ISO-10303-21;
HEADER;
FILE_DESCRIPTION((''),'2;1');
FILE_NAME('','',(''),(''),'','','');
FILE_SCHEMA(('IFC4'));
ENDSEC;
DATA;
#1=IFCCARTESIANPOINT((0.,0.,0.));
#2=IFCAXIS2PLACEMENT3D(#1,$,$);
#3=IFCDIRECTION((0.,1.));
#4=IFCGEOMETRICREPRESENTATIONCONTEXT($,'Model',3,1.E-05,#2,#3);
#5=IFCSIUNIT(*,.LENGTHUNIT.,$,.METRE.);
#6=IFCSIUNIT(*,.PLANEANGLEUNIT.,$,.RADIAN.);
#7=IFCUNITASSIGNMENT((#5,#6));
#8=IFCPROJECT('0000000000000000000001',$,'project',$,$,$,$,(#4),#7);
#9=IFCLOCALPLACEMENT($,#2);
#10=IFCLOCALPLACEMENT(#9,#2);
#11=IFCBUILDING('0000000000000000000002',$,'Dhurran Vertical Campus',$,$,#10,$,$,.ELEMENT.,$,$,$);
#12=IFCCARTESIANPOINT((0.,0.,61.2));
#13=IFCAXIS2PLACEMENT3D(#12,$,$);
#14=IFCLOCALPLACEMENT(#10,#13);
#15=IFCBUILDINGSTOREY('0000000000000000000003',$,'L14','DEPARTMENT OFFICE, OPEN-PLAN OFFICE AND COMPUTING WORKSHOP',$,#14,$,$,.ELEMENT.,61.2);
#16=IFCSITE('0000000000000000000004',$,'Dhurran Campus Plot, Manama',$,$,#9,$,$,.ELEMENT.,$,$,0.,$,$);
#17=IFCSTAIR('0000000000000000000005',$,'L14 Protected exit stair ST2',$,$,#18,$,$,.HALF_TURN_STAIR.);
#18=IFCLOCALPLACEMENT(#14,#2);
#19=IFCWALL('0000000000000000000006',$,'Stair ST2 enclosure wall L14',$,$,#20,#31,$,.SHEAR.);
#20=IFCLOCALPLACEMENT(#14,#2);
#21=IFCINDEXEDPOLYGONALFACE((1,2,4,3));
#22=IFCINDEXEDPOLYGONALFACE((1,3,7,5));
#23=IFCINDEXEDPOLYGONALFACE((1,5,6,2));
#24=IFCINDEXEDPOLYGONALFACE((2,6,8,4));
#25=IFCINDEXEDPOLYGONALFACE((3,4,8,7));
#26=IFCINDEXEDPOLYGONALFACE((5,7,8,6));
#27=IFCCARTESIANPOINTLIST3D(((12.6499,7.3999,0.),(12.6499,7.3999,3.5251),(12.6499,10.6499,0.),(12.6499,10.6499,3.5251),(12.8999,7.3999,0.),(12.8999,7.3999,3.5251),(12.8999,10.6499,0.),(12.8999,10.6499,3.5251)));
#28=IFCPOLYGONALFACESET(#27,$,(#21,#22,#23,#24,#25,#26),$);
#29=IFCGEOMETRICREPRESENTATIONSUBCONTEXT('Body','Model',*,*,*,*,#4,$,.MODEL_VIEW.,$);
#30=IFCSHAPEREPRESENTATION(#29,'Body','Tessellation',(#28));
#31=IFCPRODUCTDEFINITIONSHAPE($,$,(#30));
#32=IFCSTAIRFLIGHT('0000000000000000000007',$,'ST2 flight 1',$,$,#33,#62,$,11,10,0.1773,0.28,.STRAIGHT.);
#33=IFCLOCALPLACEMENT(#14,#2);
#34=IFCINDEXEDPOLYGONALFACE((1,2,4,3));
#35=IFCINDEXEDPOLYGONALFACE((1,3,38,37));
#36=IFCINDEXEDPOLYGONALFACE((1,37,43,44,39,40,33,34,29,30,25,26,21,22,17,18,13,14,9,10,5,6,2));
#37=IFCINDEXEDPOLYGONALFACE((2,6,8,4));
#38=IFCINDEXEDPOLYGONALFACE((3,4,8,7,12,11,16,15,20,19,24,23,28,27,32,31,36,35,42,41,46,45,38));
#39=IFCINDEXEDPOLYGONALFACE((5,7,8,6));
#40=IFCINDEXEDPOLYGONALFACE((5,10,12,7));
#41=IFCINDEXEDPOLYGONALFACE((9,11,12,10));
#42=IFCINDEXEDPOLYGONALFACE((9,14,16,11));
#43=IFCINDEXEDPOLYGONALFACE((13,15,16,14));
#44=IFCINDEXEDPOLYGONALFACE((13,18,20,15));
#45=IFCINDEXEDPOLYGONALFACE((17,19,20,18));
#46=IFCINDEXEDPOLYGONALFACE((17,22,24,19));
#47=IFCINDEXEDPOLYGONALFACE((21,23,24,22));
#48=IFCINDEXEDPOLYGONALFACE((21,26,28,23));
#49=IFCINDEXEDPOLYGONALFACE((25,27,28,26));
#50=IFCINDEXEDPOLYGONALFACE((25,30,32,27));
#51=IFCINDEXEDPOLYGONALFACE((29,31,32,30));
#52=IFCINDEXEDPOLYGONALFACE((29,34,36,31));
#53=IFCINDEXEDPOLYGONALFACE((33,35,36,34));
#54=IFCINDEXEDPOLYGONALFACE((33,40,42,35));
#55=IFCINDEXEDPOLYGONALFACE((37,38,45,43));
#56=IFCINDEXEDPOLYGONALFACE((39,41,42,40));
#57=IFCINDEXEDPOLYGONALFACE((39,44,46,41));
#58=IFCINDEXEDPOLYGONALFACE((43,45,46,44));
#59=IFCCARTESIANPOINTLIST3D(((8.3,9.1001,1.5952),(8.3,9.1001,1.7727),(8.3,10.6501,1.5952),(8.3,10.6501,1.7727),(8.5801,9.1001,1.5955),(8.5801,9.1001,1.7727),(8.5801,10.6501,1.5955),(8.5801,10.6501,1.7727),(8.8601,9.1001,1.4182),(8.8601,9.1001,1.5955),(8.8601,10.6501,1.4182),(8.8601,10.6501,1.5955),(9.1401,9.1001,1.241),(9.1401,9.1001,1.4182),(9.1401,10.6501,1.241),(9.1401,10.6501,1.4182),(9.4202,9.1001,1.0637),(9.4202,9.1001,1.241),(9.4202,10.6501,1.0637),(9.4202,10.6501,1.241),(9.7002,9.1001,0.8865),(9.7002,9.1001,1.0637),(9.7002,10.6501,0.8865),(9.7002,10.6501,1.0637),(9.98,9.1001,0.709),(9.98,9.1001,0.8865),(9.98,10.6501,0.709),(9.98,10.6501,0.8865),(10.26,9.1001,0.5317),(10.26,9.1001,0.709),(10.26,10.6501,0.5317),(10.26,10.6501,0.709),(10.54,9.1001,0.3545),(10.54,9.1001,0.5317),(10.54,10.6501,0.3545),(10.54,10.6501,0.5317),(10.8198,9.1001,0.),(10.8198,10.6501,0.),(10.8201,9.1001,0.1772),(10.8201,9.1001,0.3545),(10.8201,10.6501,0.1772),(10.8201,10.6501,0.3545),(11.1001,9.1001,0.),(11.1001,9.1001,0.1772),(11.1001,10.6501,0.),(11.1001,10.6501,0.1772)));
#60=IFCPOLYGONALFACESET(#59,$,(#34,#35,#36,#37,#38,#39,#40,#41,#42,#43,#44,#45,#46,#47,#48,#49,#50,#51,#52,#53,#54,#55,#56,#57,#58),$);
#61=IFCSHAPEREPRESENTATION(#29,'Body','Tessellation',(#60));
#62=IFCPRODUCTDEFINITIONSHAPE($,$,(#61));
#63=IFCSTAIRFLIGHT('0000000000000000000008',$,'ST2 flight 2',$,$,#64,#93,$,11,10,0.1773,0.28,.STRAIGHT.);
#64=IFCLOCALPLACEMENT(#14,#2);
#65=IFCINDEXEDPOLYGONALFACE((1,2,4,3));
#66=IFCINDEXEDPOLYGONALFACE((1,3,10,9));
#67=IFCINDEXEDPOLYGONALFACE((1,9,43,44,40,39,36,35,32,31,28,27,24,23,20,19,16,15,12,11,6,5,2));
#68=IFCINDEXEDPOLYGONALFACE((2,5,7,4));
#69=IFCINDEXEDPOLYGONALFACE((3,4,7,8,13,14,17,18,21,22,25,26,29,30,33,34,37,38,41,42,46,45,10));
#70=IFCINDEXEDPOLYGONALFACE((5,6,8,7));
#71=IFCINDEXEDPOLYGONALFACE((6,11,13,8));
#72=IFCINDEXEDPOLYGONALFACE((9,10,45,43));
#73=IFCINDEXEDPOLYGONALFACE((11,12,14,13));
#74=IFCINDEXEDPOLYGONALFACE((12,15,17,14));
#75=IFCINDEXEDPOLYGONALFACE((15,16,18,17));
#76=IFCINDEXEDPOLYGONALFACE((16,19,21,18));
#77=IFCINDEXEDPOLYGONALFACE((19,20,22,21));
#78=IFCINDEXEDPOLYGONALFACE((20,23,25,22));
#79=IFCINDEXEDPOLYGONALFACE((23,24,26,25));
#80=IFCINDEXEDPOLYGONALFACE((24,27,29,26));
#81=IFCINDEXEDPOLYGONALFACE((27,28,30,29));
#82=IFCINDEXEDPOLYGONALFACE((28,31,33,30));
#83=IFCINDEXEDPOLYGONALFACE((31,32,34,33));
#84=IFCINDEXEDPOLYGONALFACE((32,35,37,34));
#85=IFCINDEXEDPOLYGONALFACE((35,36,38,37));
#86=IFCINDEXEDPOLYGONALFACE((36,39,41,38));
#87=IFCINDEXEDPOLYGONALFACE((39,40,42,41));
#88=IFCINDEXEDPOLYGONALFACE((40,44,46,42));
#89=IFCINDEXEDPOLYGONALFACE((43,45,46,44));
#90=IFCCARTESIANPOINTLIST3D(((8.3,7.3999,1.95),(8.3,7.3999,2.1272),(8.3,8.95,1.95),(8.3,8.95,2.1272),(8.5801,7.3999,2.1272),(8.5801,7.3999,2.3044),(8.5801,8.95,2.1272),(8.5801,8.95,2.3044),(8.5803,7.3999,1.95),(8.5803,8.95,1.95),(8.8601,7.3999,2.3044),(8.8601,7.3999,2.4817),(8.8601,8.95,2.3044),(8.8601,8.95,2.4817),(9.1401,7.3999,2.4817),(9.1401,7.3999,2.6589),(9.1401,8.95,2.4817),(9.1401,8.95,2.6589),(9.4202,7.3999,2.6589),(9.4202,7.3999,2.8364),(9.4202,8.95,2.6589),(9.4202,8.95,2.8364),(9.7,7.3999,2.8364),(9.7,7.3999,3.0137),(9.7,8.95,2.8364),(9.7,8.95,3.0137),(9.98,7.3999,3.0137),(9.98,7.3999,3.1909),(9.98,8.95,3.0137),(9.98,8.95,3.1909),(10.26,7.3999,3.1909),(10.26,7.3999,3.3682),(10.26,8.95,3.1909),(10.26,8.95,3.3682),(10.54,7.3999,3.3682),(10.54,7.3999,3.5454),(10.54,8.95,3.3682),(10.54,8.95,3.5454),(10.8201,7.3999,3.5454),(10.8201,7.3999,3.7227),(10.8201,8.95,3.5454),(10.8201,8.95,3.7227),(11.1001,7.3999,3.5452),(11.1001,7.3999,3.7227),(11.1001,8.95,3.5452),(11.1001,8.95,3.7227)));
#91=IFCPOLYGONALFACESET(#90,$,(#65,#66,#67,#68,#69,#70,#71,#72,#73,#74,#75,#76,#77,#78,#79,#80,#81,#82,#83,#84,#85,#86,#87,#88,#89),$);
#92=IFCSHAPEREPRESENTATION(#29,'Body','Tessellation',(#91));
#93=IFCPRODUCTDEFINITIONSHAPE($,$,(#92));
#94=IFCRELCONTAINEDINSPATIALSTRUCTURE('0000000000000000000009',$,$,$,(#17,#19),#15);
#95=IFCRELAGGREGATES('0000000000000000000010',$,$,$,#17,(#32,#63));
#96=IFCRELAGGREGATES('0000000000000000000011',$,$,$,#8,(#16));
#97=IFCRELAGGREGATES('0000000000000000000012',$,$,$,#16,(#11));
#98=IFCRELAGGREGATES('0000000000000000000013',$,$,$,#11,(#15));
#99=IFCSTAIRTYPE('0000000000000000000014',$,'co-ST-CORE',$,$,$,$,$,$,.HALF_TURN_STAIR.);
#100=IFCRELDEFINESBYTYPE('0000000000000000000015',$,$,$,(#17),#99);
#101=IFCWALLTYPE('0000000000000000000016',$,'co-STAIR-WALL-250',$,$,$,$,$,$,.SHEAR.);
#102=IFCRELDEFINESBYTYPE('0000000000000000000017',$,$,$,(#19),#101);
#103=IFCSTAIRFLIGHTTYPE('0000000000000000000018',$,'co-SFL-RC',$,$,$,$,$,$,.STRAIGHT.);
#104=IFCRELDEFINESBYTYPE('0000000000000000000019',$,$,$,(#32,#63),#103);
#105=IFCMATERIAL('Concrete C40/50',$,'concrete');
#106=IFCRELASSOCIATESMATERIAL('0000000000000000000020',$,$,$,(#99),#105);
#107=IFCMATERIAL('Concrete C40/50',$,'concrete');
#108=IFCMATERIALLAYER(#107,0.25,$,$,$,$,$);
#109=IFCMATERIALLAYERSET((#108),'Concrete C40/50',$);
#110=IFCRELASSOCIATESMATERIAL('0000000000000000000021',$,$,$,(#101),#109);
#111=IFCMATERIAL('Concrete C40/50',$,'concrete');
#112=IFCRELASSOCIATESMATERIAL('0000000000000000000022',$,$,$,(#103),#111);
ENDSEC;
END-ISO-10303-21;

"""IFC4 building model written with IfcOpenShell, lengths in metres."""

from ifc_helpers import new_model, si_unit, direction, frame, frame_2d, origin, place, context, subcontext, project, spatial, polyline, rectangle, outline, extrude, material, layer, layer_set, type_object, element, aggregate, save


model = new_model("IFC4")

# Units and contexts
model_context = context("Model", 3, precision=1e-05, world=origin(), true_north=direction((0.0, 1.0)))
body_context = subcontext(model_context, "Body", "Model", "MODEL_VIEW")
ifc_project = project(units=[si_unit("LENGTHUNIT", "METRE"), si_unit("PLANEANGLEUNIT", "RADIAN")], contexts=[model_context])

# Site, building, storey
site_placement = place(None, origin())
site = spatial("IfcSite", under=ifc_project, at=site_placement, Name="Dhurran Campus Plot, Manama", CompositionType="ELEMENT", RefElevation=0.0)
building_placement = place(site_placement, origin())
building = spatial("IfcBuilding", under=site, at=building_placement, Name="Dhurran Vertical Campus", CompositionType="ELEMENT")
storey_placement = place(building_placement, frame((0.0, 0.0, 61.2)))
storey = spatial("IfcBuildingStorey", under=building, at=storey_placement, Name="L14", Description="DEPARTMENT OFFICE, OPEN-PLAN OFFICE AND COMPUTING WORKSHOP", CompositionType="ELEMENT", Elevation=61.2)

# Stair
ifc_material_1 = material(Name="Concrete C40/50", Category="concrete")
stair_type = type_object("IfcStairType", Name="co-ST-CORE", PredefinedType="HALF_TURN_STAIR", material=ifc_material_1)
stair_1_placement = place(storey_placement, origin())
stair_1 = element("IfcStair", 1, at=stair_1_placement, inside=storey, type_object=stair_type, Name="L14 Protected exit stair ST2", PredefinedType="HALF_TURN_STAIR")

# Shared definitions
ifc_material_2 = material(Name="Concrete C40/50", Category="concrete")
ifc_layer_1 = layer(ifc_material_2, 0.25)
ifc_layer_set_1 = layer_set([ifc_layer_1], Name="Concrete C40/50")
wall_type_1 = type_object("IfcWallType", Name="co-STAIR-WALL-250", PredefinedType="SHEAR", material=ifc_layer_set_1)

# Wall
for number, where, z_axis, x_axis, name in (
    (2, (12.7749, 7.3999, 0.0), (0.0, 0.0, 1.0), (0.0, 1.0, 0.0), "Stair ST2 enclosure wall L14"),
):
    element("IfcWall", number, at=place(storey_placement, frame(where, z_axis=z_axis, x_axis=x_axis)), inside=storey, type_object=wall_type_1, Name=name, PredefinedType="SHEAR", context=body_context, shape_type="SweptSolid", body=[
        extrude(rectangle(XDim=3.25, YDim=0.25, at=frame_2d((1.625, 0.0))), origin(), (0.0, 0.0, 1.0), 3.5251),
    ])

# Stair flights
ifc_material_3 = material(Name="Concrete C40/50", Category="concrete")
stair_flight_type = type_object("IfcStairFlightType", Name="co-SFL-RC", PredefinedType="STRAIGHT", material=ifc_material_3)
stair_flight_1_placement = place(storey_placement, frame((11.1001, 9.875, 0.0), z_axis=(0.0, 0.0, 1.0), x_axis=(-1.0, 0.0, 0.0)))
stair_flight_1 = element("IfcStairFlight", 3, at=stair_flight_1_placement, type_object=stair_flight_type, Name="ST2 flight 1", NumberOfRisers=11, NumberOfTreads=10, PredefinedType="STRAIGHT", RiserHeight=0.1773, TreadLength=0.28, context=body_context, shape_type="SweptSolid", body=[
    extrude(outline(polyline([(0.0, 0.0), (0.0, 0.1772), (0.28, 0.1772), (0.28, 0.3545), (0.5601, 0.3545), (0.5601, 0.5317), (0.8401, 0.5317), (0.8401, 0.709), (1.1201, 0.709), (1.1201, 0.8865), (1.3999, 0.8865), (1.3999, 1.0637), (1.6799, 1.0637), (1.6799, 1.241), (1.96, 1.241), (1.96, 1.4182), (2.24, 1.4182), (2.24, 1.5955), (2.52, 1.5955), (2.52, 1.7727), (2.8, 1.7727), (2.8, 1.95), (2.8, 1.5952), (0.2803, 0.0), (0.0, 0.0)])), frame((0.0, 0.7749, 0.0), z_axis=(0.0, -1.0, 0.0), x_axis=(1.0, 0.0, 0.0)), (0.0, 0.0, 1.0), 1.55),
])
stair_flight_2_placement = place(storey_placement, frame((8.3, 8.175, 1.95), z_axis=(0.0, 0.0, 1.0), x_axis=(1.0, 0.0, 0.0)))
stair_flight_2 = element("IfcStairFlight", 4, at=stair_flight_2_placement, type_object=stair_flight_type, Name="ST2 flight 2", NumberOfRisers=11, NumberOfTreads=10, PredefinedType="STRAIGHT", RiserHeight=0.1773, TreadLength=0.28, context=body_context, shape_type="SweptSolid", body=[
    extrude(outline(polyline([(0.0, 0.0), (0.0, 0.1772), (0.28, 0.1772), (0.28, 0.3545), (0.5601, 0.3545), (0.5601, 0.5317), (0.8401, 0.5317), (0.8401, 0.709), (1.1201, 0.709), (1.1201, 0.8865), (1.3999, 0.8865), (1.3999, 1.0637), (1.6799, 1.0637), (1.6799, 1.241), (1.96, 1.241), (1.96, 1.4182), (2.24, 1.4182), (2.24, 1.5955), (2.52, 1.5955), (2.52, 1.7727), (2.8, 1.7727), (2.8, 1.95), (2.8, 1.5952), (0.2803, 0.0), (0.0, 0.0)])), frame((0.0, 0.7749, 0.0), z_axis=(0.0, -1.0, 0.0), x_axis=(1.0, 0.0, 0.0)), (0.0, 0.0, 1.0), 1.55),
])
aggregate(stair_1, [stair_flight_1, stair_flight_2])

save(model, "model.ifc")
